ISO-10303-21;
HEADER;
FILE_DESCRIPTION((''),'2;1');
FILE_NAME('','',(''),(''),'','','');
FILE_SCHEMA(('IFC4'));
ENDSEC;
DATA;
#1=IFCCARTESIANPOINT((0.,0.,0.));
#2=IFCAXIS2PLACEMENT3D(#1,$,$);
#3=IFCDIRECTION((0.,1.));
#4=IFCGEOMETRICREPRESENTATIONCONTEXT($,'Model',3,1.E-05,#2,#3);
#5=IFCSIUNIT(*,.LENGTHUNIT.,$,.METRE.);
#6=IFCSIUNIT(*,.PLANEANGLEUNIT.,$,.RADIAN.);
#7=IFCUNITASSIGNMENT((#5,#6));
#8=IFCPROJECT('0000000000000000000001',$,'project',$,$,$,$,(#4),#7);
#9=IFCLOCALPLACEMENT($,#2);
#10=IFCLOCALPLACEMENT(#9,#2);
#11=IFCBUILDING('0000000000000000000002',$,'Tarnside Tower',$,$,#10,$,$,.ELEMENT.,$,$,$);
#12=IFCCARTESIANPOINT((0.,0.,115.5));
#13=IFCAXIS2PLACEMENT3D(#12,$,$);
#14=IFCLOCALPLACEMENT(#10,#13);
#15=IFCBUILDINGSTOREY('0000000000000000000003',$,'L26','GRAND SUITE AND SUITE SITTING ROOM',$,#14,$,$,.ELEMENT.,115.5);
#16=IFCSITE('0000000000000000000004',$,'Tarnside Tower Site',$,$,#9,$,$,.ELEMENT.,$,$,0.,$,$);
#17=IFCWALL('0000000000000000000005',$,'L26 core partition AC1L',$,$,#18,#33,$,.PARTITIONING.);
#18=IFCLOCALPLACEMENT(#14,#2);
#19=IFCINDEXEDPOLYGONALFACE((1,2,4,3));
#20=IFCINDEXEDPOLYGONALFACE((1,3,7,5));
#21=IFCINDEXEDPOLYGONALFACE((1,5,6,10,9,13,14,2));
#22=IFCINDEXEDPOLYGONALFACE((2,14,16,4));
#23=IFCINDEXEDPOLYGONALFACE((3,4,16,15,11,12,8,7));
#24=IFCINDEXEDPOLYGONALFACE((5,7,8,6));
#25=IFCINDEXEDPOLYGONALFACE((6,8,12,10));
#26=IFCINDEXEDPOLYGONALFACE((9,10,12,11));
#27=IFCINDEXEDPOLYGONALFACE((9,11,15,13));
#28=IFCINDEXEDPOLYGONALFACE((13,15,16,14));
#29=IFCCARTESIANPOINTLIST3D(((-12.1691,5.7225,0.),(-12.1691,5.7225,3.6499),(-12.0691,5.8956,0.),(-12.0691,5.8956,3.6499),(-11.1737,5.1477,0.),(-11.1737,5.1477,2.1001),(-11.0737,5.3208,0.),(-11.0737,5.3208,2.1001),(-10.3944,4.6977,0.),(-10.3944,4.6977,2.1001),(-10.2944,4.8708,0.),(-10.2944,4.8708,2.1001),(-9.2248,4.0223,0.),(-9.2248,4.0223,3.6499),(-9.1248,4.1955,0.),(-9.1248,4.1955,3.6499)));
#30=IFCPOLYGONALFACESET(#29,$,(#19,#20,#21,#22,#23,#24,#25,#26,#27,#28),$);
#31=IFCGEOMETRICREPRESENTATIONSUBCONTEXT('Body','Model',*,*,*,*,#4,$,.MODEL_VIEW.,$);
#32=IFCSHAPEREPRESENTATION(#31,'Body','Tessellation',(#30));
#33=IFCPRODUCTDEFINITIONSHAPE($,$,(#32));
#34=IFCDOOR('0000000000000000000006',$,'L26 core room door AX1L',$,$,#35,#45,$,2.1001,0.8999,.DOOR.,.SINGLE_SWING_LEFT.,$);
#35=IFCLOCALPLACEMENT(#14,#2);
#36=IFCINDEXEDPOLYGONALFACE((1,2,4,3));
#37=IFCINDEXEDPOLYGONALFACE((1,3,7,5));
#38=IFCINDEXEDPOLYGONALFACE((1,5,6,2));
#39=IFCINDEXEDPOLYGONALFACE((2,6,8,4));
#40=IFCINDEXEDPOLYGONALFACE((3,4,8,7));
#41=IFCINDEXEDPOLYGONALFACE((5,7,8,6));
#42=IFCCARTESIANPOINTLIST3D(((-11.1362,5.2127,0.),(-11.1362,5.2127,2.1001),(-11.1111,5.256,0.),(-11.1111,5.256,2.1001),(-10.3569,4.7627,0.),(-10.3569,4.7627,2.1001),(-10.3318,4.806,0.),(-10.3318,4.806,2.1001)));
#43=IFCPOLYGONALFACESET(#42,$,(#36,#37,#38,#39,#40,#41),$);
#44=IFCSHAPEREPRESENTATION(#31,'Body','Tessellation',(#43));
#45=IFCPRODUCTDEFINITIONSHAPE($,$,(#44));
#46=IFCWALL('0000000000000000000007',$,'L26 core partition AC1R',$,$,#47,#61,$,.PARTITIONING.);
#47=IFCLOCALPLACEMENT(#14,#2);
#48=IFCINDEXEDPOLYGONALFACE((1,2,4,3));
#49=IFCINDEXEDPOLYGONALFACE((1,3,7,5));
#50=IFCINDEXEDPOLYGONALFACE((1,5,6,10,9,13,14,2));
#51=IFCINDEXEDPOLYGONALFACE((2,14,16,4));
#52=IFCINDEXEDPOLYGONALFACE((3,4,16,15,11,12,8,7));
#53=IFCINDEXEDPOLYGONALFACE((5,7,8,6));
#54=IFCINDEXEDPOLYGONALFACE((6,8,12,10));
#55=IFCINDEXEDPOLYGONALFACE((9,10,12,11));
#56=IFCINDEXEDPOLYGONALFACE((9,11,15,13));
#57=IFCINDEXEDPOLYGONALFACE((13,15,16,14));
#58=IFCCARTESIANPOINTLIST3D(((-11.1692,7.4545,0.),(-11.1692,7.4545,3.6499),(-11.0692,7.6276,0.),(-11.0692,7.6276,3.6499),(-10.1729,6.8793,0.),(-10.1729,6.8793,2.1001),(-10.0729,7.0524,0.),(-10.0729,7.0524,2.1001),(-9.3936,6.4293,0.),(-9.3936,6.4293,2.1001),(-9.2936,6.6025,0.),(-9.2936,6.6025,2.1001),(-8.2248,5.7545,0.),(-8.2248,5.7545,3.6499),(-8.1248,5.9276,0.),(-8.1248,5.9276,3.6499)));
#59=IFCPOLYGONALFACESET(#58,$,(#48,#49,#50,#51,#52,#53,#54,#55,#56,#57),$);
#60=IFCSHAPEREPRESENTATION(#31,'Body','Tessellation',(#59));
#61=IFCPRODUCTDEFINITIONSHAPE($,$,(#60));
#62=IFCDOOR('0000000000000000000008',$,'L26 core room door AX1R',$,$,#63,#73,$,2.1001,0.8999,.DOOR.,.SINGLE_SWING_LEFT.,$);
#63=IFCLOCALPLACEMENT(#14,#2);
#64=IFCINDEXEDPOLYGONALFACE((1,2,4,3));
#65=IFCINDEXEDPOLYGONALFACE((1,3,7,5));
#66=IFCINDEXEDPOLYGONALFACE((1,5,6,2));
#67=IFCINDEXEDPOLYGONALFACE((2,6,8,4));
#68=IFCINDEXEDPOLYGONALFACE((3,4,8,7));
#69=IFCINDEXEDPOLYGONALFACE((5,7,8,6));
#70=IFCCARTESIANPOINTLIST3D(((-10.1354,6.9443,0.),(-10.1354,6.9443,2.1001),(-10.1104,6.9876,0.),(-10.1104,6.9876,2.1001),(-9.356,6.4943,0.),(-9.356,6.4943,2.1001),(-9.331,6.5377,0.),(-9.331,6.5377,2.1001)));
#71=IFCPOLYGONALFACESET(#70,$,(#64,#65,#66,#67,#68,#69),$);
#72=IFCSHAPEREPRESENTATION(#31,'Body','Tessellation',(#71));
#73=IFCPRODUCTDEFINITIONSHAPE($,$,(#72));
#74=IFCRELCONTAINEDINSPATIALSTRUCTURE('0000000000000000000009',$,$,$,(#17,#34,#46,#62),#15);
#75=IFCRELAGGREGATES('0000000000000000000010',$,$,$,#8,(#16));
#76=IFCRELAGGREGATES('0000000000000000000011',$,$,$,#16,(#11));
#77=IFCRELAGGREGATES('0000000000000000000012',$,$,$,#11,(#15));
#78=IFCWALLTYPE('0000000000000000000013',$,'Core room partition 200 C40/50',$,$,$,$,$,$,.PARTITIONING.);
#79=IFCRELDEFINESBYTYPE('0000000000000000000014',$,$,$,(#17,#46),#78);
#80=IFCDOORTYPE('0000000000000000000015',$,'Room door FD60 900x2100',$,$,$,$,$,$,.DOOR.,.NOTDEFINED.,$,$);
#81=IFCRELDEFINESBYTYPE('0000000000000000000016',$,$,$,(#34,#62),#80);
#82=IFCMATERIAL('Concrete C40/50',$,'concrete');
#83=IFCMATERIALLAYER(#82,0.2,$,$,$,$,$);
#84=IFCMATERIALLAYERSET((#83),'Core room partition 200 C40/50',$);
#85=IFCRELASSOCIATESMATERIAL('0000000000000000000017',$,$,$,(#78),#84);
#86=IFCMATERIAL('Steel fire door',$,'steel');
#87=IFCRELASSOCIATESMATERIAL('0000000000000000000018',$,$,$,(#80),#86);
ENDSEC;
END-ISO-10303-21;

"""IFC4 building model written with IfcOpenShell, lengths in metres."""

from ifc_helpers import new_model, si_unit, direction, frame, frame_2d, origin, place, context, subcontext, project, spatial, rectangle, extrude, material, layer, layer_set, type_object, element, fill, save


model = new_model("IFC4")

# Units and contexts
model_context = context("Model", 3, precision=1e-05, world=origin(), true_north=direction((0.0, 1.0)))
body_context = subcontext(model_context, "Body", "Model", "MODEL_VIEW")
ifc_project = project(units=[si_unit("LENGTHUNIT", "METRE"), si_unit("PLANEANGLEUNIT", "RADIAN")], contexts=[model_context])

# Site, building, storey
site_placement = place(None, origin())
site = spatial("IfcSite", under=ifc_project, at=site_placement, Name="Tarnside Tower Site", CompositionType="ELEMENT", RefElevation=0.0)
building_placement = place(site_placement, origin())
building = spatial("IfcBuilding", under=site, at=building_placement, Name="Tarnside Tower", CompositionType="ELEMENT")
storey_placement = place(building_placement, frame((0.0, 0.0, 115.5)))
storey = spatial("IfcBuildingStorey", under=building, at=storey_placement, Name="L26", Description="GRAND SUITE AND SUITE SITTING ROOM", CompositionType="ELEMENT", Elevation=115.5)

# Walls, openings, doors
ifc_material_1 = material(Name="Concrete C40/50", Category="concrete")
ifc_layer_1 = layer(ifc_material_1, 0.2)
ifc_layer_set_1 = layer_set([ifc_layer_1], Name="Core room partition 200 C40/50")
wall_type_1 = type_object("IfcWallType", Name="Core room partition 200 C40/50", PredefinedType="PARTITIONING", material=ifc_layer_set_1)
wall_1_placement = place(storey_placement, frame((-9.1748, 4.1089, 0.0), z_axis=(0.0, 0.0, 1.0), x_axis=(-0.865989, 0.500062, 0.0)))
wall_1 = element("IfcWall", 1, at=wall_1_placement, inside=storey, type_object=wall_type_1, Name="L26 core partition AC1L", PredefinedType="PARTITIONING", context=body_context, shape_type="SweptSolid", body=[
    extrude(rectangle(XDim=3.3999, YDim=0.2, at=frame_2d((1.7, 0.0))), origin(), (0.0, 0.0, 1.0), 3.6499),
])
opening_1_placement = place(wall_1_placement, frame((1.3506, 0.0, 0.0)))
opening_1 = element("IfcOpeningElement", 2, at=opening_1_placement, cuts=wall_1, PredefinedType="OPENING", context=body_context, shape_type="SweptSolid", body=[
    extrude(rectangle(XDim=0.8999, YDim=2.1001, at=frame_2d((0.45, 1.05))), frame((0.0, 0.1099, 0.0), z_axis=(0.0, -1.0, 0.0), x_axis=(1.0, 0.0, 0.0)), (0.0, 0.0, 1.0), 0.22),
])
ifc_material_2 = material(Name="Steel fire door", Category="steel")
door_type_1 = type_object("IfcDoorType", Name="Room door FD60 900x2100", OperationType="NOTDEFINED", PredefinedType="DOOR", material=ifc_material_2)
door_1_placement = place(opening_1_placement, origin())
door_1 = element("IfcDoor", 3, at=door_1_placement, inside=storey, type_object=door_type_1, Name="L26 core room door AX1L", OperationType="SINGLE_SWING_LEFT", OverallHeight=2.1001, OverallWidth=0.8999, PredefinedType="DOOR", context=body_context, shape_type="SweptSolid", body=[
    extrude(rectangle(XDim=0.8999, YDim=2.1001, at=frame_2d((0.45, 1.05))), frame((0.0, 0.0249, 0.0), z_axis=(0.0, -1.0, 0.0), x_axis=(1.0, 0.0, 0.0)), (0.0, 0.0, 1.0), 0.05),
])
fill(opening_1, door_1)
wall_2_placement = place(storey_placement, frame((-8.1748, 5.8411, 0.0), z_axis=(0.0, 0.0, 1.0), x_axis=(-0.866021, 0.500008, 0.0)))
wall_2 = element("IfcWall", 4, at=wall_2_placement, inside=storey, type_object=wall_type_1, Name="L26 core partition AC1R", PredefinedType="PARTITIONING", context=body_context, shape_type="SweptSolid", body=[
    extrude(rectangle(XDim=3.3999, YDim=0.2, at=frame_2d((1.7, 0.0))), origin(), (0.0, 0.0, 1.0), 3.6499),
])
opening_2_placement = place(wall_2_placement, frame((1.3496, 0.0, 0.0)))
opening_2 = element("IfcOpeningElement", 5, at=opening_2_placement, cuts=wall_2, PredefinedType="OPENING", context=body_context, shape_type="SweptSolid", body=[
    extrude(rectangle(XDim=0.8999, YDim=2.1001, at=frame_2d((0.45, 1.05))), frame((0.0, 0.1099, 0.0), z_axis=(0.0, -1.0, 0.0), x_axis=(1.0, 0.0, 0.0)), (0.0, 0.0, 1.0), 0.22),
])
door_2_placement = place(opening_2_placement, origin())
door_2 = element("IfcDoor", 6, at=door_2_placement, inside=storey, type_object=door_type_1, Name="L26 core room door AX1R", OperationType="SINGLE_SWING_LEFT", OverallHeight=2.1001, OverallWidth=0.8999, PredefinedType="DOOR", context=body_context, shape_type="SweptSolid", body=[
    extrude(rectangle(XDim=0.8999, YDim=2.1001, at=frame_2d((0.45, 1.05))), frame((0.0, 0.0249, 0.0), z_axis=(0.0, -1.0, 0.0), x_axis=(1.0, 0.0, 0.0)), (0.0, 0.0, 1.0), 0.05),
])
fill(opening_2, door_2)

save(model, "model.ifc")
